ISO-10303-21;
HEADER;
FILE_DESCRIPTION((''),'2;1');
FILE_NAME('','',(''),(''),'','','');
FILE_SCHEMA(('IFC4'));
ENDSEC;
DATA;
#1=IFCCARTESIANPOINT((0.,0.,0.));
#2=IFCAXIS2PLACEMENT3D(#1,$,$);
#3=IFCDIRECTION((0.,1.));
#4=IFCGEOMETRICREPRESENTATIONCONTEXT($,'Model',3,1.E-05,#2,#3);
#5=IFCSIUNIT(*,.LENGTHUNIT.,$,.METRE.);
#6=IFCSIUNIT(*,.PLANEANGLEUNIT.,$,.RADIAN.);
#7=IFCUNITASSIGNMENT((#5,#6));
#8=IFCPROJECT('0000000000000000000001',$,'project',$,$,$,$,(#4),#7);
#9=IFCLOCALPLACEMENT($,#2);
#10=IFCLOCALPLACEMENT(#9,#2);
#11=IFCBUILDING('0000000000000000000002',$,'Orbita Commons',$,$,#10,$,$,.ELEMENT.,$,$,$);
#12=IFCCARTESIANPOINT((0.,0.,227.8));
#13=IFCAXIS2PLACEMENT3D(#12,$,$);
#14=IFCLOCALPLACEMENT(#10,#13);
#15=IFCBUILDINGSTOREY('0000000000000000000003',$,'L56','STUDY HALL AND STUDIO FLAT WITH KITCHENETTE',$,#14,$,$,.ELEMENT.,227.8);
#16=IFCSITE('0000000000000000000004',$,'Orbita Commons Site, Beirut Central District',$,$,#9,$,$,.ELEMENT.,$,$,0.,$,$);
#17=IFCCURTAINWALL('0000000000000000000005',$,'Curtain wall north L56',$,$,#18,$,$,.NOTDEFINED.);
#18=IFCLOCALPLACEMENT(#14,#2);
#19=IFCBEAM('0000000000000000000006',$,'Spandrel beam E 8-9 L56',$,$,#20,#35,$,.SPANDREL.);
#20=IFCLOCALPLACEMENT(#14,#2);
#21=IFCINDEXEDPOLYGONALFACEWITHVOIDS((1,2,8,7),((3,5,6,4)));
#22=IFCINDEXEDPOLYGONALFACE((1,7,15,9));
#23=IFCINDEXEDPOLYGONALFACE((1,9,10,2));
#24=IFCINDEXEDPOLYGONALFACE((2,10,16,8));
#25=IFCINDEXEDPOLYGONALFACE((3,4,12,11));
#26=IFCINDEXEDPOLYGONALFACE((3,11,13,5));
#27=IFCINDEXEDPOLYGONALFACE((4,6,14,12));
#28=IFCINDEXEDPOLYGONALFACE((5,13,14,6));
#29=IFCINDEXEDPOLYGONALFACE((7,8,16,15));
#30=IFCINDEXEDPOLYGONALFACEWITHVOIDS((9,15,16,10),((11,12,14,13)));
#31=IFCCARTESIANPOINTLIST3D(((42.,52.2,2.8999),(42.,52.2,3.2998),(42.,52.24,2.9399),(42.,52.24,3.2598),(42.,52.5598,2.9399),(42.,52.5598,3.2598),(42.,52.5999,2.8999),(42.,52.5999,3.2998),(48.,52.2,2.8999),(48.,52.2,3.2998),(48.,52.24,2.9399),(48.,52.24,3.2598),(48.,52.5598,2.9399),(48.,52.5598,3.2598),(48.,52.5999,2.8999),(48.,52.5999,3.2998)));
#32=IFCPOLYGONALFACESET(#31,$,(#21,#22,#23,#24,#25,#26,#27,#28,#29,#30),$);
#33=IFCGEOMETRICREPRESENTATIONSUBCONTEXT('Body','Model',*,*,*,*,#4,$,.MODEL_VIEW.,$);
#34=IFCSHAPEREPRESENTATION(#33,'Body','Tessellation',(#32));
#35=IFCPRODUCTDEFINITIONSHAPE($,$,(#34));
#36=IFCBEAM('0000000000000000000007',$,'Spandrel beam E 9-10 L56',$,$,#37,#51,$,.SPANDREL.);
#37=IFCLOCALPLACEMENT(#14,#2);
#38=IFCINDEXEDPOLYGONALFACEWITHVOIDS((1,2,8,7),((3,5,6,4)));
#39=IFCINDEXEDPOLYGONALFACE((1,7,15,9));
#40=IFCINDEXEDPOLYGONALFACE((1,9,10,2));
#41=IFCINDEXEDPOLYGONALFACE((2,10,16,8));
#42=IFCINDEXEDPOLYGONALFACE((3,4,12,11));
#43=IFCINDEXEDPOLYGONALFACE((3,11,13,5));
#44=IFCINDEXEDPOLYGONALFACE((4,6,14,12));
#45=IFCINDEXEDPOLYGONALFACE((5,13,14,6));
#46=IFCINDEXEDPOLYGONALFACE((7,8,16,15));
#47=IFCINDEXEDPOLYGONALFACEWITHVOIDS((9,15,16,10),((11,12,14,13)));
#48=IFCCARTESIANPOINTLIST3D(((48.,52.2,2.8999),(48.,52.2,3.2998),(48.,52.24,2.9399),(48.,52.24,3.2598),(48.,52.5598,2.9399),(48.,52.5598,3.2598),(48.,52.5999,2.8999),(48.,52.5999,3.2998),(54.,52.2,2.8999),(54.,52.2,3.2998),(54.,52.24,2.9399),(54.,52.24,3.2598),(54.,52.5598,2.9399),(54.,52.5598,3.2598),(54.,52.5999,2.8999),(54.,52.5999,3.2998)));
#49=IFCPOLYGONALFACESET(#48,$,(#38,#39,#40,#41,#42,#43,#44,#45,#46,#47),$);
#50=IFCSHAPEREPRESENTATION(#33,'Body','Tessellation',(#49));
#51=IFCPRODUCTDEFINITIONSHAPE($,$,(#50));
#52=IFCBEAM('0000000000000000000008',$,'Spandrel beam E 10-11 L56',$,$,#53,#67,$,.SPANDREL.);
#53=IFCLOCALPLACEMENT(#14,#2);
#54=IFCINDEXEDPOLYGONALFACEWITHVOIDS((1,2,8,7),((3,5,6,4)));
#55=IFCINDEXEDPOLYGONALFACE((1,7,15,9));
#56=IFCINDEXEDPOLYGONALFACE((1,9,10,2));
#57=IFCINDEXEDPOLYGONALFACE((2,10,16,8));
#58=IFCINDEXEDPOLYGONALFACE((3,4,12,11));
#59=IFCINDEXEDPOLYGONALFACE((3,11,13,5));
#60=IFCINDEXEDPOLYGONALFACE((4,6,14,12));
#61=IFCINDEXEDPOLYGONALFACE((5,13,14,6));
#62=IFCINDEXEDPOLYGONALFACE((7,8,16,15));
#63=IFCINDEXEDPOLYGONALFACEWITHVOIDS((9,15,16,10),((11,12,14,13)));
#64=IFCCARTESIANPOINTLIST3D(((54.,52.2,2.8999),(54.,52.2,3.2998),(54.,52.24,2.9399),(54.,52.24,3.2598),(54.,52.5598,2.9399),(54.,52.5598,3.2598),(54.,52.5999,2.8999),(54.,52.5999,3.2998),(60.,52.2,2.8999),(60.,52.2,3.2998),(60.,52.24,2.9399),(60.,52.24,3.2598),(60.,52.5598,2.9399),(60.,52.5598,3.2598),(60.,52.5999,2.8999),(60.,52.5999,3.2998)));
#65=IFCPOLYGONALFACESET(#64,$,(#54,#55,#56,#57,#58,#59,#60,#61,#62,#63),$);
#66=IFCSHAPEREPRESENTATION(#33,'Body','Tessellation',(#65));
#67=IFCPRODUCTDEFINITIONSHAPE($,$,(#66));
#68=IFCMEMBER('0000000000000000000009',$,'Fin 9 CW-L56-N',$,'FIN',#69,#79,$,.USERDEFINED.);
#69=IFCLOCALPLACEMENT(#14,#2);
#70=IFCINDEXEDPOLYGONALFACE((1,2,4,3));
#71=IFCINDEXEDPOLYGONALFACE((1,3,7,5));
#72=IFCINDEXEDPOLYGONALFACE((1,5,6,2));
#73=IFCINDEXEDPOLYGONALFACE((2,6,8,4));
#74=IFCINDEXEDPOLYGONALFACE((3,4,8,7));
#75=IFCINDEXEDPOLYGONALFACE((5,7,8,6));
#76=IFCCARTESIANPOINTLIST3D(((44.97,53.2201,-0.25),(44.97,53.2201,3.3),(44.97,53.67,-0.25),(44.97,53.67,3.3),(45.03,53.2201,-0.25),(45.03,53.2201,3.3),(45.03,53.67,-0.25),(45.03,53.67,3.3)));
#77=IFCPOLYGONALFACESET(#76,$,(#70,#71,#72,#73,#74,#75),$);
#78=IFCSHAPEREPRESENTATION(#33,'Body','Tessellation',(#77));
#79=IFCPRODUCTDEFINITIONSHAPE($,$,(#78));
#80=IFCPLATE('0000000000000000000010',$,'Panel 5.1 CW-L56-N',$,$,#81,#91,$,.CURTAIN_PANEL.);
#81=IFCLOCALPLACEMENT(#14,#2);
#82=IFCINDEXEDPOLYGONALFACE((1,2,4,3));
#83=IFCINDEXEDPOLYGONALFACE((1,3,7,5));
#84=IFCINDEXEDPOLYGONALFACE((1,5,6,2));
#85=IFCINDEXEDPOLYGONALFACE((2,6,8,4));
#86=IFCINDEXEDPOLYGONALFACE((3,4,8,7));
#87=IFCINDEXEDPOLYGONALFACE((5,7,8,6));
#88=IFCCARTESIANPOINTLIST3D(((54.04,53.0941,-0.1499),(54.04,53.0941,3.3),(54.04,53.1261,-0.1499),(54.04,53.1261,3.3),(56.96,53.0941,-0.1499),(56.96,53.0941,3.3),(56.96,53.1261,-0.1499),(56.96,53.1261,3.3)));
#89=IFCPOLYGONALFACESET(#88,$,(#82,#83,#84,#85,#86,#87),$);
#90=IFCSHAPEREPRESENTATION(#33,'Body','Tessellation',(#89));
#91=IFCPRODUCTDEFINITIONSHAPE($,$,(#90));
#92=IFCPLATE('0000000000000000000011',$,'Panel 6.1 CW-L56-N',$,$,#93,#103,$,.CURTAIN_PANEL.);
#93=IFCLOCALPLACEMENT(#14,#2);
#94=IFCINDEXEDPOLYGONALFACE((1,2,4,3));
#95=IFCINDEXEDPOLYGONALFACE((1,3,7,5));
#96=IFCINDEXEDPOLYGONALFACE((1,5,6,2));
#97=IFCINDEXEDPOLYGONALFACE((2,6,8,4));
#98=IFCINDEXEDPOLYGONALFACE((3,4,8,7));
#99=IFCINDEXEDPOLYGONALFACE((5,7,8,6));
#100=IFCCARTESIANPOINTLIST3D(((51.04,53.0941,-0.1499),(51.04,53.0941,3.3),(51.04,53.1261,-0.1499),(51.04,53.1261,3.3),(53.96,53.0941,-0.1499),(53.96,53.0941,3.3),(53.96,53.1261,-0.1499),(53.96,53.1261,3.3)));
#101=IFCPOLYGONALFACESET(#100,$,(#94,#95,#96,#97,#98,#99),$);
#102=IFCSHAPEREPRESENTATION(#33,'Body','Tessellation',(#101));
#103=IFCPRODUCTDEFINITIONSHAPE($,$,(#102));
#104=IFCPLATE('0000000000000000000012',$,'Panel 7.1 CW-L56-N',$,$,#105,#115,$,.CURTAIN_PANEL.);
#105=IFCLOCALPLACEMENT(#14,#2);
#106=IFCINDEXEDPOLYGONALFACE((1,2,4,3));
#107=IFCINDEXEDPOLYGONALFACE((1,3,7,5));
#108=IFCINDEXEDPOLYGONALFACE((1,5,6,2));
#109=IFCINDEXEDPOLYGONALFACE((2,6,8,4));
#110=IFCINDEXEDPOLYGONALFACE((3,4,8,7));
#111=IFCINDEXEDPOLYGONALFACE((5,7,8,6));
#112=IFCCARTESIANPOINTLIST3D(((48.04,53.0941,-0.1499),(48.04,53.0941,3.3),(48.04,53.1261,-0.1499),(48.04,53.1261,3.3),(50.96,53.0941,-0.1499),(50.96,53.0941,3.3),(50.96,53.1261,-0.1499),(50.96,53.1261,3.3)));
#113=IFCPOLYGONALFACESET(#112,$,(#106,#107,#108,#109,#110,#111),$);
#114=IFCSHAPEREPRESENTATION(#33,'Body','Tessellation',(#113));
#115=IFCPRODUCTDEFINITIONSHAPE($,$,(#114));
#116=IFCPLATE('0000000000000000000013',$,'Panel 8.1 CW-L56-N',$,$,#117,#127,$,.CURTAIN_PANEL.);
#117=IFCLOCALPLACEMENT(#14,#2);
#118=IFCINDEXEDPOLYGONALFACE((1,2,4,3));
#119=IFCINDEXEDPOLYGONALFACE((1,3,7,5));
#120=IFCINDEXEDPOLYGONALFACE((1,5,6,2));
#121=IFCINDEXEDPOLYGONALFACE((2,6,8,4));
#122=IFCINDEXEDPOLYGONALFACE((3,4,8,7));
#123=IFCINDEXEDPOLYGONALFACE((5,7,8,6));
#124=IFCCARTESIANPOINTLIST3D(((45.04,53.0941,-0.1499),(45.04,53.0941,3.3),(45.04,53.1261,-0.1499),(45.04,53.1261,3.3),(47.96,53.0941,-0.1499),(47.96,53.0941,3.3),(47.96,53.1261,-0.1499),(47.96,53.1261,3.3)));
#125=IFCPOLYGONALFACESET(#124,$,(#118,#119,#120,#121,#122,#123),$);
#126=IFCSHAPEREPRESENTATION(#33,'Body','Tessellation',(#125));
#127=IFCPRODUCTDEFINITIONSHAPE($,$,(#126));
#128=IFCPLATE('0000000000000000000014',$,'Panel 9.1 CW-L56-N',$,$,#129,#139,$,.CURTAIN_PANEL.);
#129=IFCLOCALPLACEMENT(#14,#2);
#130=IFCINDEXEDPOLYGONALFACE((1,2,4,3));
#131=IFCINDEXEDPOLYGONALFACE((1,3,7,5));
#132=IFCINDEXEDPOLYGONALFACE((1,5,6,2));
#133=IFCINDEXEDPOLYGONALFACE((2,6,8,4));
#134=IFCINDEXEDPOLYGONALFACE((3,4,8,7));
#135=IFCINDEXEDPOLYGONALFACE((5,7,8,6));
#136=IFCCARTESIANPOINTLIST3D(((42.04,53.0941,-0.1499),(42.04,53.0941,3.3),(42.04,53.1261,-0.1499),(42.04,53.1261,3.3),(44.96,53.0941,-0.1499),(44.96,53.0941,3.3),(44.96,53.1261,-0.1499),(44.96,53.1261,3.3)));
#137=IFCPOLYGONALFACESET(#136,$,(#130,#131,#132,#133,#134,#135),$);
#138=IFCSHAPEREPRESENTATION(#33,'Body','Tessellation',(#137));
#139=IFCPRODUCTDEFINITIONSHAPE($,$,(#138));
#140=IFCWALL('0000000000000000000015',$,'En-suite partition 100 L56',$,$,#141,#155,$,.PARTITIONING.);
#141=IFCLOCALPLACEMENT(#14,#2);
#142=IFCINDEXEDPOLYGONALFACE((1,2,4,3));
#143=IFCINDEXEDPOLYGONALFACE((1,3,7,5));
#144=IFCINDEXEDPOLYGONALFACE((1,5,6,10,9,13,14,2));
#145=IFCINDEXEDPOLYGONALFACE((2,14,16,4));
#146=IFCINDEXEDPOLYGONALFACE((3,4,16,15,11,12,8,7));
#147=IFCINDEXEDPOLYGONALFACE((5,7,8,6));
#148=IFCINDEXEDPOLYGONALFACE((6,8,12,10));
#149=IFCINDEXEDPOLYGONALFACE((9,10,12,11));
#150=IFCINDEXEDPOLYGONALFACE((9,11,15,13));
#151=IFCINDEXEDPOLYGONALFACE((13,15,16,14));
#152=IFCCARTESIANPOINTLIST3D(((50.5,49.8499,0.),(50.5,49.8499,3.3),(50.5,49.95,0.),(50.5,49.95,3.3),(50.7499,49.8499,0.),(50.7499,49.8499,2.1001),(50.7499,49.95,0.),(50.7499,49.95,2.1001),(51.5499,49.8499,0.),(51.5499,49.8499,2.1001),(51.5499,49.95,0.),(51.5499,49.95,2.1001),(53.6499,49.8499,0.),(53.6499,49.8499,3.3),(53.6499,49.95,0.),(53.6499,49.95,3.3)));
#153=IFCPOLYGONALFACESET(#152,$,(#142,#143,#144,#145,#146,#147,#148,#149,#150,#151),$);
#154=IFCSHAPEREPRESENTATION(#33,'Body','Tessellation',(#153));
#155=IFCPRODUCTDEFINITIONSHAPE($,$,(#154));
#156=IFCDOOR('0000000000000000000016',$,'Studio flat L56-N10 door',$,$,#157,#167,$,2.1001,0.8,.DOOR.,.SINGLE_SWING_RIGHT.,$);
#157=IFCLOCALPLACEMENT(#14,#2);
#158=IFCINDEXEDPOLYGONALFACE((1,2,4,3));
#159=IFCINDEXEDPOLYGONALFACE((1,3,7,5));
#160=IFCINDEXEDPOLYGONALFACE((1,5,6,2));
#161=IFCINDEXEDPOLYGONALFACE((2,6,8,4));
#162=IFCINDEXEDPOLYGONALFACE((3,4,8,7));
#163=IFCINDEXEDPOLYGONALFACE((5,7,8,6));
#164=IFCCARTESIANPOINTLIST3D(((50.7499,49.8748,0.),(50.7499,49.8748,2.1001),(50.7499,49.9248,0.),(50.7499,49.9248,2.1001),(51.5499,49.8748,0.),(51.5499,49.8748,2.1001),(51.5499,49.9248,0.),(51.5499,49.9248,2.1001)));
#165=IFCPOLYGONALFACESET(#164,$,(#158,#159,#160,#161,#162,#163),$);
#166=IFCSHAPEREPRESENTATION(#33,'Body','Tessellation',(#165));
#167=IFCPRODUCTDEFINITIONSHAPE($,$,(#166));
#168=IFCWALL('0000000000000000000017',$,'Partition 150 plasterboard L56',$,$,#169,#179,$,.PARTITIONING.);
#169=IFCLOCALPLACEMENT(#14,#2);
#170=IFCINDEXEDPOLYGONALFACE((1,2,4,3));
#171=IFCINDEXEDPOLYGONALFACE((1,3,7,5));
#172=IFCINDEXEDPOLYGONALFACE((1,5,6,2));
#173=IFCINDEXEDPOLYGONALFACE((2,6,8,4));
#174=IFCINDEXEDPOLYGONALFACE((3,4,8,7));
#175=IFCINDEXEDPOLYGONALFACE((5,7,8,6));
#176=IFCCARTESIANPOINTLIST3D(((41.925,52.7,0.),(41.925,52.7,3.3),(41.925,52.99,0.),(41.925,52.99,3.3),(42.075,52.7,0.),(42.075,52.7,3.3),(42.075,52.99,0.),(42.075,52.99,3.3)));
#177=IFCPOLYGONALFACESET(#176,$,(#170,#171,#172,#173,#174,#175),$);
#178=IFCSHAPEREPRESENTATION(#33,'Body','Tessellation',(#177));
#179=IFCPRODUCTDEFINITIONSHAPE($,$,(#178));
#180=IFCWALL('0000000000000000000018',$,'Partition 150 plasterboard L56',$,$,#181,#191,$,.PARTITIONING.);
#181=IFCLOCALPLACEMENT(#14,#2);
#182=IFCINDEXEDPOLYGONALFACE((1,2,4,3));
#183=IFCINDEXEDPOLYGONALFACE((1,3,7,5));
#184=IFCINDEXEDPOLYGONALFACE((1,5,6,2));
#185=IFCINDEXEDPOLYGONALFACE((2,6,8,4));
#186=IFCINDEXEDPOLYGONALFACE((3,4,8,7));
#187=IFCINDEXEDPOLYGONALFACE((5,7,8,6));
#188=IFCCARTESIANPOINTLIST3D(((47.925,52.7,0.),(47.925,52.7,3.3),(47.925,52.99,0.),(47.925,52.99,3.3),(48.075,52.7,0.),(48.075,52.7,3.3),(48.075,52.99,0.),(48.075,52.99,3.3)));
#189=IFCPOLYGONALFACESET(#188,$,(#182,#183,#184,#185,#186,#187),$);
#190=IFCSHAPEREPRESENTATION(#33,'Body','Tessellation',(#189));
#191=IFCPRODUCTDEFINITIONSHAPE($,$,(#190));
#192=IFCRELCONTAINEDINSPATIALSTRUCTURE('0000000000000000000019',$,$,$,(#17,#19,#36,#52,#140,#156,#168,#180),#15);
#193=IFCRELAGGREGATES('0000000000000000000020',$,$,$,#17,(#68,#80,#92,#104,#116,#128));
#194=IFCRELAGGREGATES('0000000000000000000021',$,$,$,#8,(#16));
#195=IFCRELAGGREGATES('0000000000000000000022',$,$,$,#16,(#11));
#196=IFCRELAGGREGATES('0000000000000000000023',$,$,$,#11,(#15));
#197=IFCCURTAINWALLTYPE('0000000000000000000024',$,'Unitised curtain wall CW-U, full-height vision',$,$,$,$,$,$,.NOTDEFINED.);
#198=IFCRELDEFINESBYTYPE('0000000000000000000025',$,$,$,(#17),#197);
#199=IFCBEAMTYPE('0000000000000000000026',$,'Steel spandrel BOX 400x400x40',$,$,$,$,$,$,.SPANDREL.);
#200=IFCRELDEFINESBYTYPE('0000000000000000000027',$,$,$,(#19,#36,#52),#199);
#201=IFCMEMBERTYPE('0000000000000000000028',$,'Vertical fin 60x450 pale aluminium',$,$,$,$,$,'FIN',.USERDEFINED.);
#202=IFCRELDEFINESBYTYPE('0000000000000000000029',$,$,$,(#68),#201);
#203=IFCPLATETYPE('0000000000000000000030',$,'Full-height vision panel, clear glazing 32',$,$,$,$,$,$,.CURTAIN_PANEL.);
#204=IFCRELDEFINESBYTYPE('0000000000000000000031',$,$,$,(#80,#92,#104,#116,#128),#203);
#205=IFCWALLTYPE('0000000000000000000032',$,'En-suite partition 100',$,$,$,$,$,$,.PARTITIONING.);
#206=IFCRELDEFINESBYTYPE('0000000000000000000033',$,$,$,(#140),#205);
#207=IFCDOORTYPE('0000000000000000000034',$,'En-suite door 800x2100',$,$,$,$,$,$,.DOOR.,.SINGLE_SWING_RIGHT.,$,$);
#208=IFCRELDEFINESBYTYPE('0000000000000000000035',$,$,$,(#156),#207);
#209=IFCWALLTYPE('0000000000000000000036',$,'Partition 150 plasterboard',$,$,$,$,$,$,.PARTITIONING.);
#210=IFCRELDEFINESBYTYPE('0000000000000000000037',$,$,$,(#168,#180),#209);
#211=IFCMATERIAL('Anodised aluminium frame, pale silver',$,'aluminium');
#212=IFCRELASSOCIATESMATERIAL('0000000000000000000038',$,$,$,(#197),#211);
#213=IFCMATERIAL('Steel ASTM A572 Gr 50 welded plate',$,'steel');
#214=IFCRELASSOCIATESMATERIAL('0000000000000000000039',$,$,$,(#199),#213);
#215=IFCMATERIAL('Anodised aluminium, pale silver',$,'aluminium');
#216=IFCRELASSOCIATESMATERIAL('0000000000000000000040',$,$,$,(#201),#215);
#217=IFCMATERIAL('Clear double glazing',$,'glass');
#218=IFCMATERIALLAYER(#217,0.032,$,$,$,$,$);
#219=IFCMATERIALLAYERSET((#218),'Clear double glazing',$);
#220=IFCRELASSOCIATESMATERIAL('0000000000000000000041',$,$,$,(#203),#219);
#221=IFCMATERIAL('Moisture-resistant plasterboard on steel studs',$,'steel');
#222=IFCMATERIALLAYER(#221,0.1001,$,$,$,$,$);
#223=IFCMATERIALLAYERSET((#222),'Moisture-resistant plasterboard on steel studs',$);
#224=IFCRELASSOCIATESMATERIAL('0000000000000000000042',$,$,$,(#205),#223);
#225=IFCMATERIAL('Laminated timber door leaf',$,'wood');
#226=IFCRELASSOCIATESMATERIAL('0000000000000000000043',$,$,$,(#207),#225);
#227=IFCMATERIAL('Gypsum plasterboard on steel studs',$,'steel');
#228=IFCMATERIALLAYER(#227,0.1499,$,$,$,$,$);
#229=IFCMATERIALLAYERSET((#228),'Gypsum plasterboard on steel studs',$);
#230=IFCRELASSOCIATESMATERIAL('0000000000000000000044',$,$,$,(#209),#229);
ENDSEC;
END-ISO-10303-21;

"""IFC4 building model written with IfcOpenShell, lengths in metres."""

from ifc_helpers import new_model, si_unit, direction, frame, frame_2d, origin, origin_2d, place, context, subcontext, project, spatial, rectangle, hollow_rectangle, extrude, material, layer, layer_set, material_profile, profile_set, type_object, element, fill, aggregate, save


model = new_model("IFC4")

# Units and contexts
model_context = context("Model", 3, precision=1e-05, world=origin(), true_north=direction((0.0, 1.0)))
body_context = subcontext(model_context, "Body", "Model", "MODEL_VIEW")
ifc_project = project(units=[si_unit("LENGTHUNIT", "METRE"), si_unit("PLANEANGLEUNIT", "RADIAN")], contexts=[model_context])

# Site, building, storey
site_placement = place(None, origin())
site = spatial("IfcSite", under=ifc_project, at=site_placement, Name="Orbita Commons Site, Beirut Central District", CompositionType="ELEMENT", RefElevation=0.0)
building_placement = place(site_placement, origin())
building = spatial("IfcBuilding", under=site, at=building_placement, Name="Orbita Commons", CompositionType="ELEMENT")
storey_placement = place(building_placement, frame((0.0, 0.0, 227.8)))
storey = spatial("IfcBuildingStorey", under=building, at=storey_placement, Name="L56", Description="STUDY HALL AND STUDIO FLAT WITH KITCHENETTE", CompositionType="ELEMENT", Elevation=227.8)

# Curtain wall
ifc_material_1 = material(Name="Anodised aluminium frame, pale silver", Category="aluminium")
curtain_wall_type = type_object("IfcCurtainWallType", Name="Unitised curtain wall CW-U, full-height vision", PredefinedType="NOTDEFINED", material=ifc_material_1)
curtain_wall_placement = place(storey_placement, origin())
curtain_wall = element("IfcCurtainWall", 1, at=curtain_wall_placement, inside=storey, type_object=curtain_wall_type, Name="Curtain wall north L56", PredefinedType="NOTDEFINED")

# Beams
ifc_material_2 = material(Name="Steel ASTM A572 Gr 50 welded plate", Category="steel")
ifc_material_profile_1 = material_profile(ifc_material_2, hollow_rectangle(XDim=0.3999, YDim=0.3999, WallThickness=0.04, at=origin_2d()), Name="BOX 400x400x40")
ifc_profile_set_1 = profile_set([ifc_material_profile_1], Name="Steel ASTM A572 Gr 50 welded plate")
beam_type = type_object("IfcBeamType", Name="Steel spandrel BOX 400x400x40", PredefinedType="SPANDREL", material=ifc_profile_set_1)
for number, where, z_axis, x_axis, name in (
    (2, (42.0, 52.3999, 3.0999), (1.0, 0.0, 0.0), (0.0, 1.0, 0.0), "Spandrel beam E 8-9 L56"),
    (3, (48.0, 52.3999, 3.0999), (1.0, 0.0, 0.0), (0.0, 1.0, 0.0), "Spandrel beam E 9-10 L56"),
    (4, (54.0, 52.3999, 3.0999), (1.0, 0.0, 0.0), (0.0, 1.0, 0.0), "Spandrel beam E 10-11 L56"),
):
    element("IfcBeam", number, at=place(storey_placement, frame(where, z_axis=z_axis, x_axis=x_axis)), inside=storey, type_object=beam_type, Name=name, PredefinedType="SPANDREL", context=body_context, shape_type="SweptSolid", body=[
        extrude(hollow_rectangle(XDim=0.3999, YDim=0.3999, WallThickness=0.04, at=origin_2d()), origin(), (0.0, 0.0, 1.0), 6.0),
    ])

# Member
ifc_material_3 = material(Name="Anodised aluminium, pale silver", Category="aluminium")
ifc_material_profile_2 = material_profile(ifc_material_3, rectangle(XDim=0.0601, YDim=0.45, at=origin_2d()), Name="FIN 60x450")
ifc_profile_set_2 = profile_set([ifc_material_profile_2], Name="Anodised aluminium, pale silver")
member_type_1 = type_object("IfcMemberType", Name="Vertical fin 60x450 pale aluminium", ElementType="FIN", PredefinedType="USERDEFINED", material=ifc_profile_set_2)
member_1_placement = place(storey_placement, frame((45.0, 53.4451, -0.25), z_axis=(0.0, 0.0, 1.0), x_axis=(-1.0, 0.0, 0.0)))
member_1 = element("IfcMember", 5, at=member_1_placement, type_object=member_type_1, Name="Fin 9 CW-L56-N", ObjectType="FIN", PredefinedType="USERDEFINED", context=body_context, shape_type="SweptSolid", body=[
    extrude(rectangle(XDim=0.0601, YDim=0.45, at=origin_2d()), origin(), (0.0, 0.0, 1.0), 3.55),
])

# Plates
ifc_material_4 = material(Name="Clear double glazing", Category="glass")
ifc_layer_1 = layer(ifc_material_4, 0.032)
ifc_layer_set_1 = layer_set([ifc_layer_1], Name="Clear double glazing")
plate_type = type_object("IfcPlateType", Name="Full-height vision panel, clear glazing 32", PredefinedType="CURTAIN_PANEL", material=ifc_layer_set_1)
plate_1_placement = place(storey_placement, frame((55.5, 53.1101, -0.1499), z_axis=(0.0, 0.0, 1.0), x_axis=(-1.0, 0.0, 0.0)))
plate_1 = element("IfcPlate", 6, at=plate_1_placement, type_object=plate_type, Name="Panel 5.1 CW-L56-N", PredefinedType="CURTAIN_PANEL", context=body_context, shape_type="SweptSolid", body=[
    extrude(rectangle(XDim=2.9199, YDim=0.032, at=origin_2d()), origin(), (0.0, 0.0, 1.0), 3.45),
])
plate_2_placement = place(storey_placement, frame((52.5, 53.1101, -0.1499), z_axis=(0.0, 0.0, 1.0), x_axis=(-1.0, 0.0, 0.0)))
plate_2 = element("IfcPlate", 7, at=plate_2_placement, type_object=plate_type, Name="Panel 6.1 CW-L56-N", PredefinedType="CURTAIN_PANEL", context=body_context, shape_type="SweptSolid", body=[
    extrude(rectangle(XDim=2.9199, YDim=0.032, at=origin_2d()), origin(), (0.0, 0.0, 1.0), 3.45),
])
plate_3_placement = place(storey_placement, frame((49.5, 53.1101, -0.1499), z_axis=(0.0, 0.0, 1.0), x_axis=(-1.0, 0.0, 0.0)))
plate_3 = element("IfcPlate", 8, at=plate_3_placement, type_object=plate_type, Name="Panel 7.1 CW-L56-N", PredefinedType="CURTAIN_PANEL", context=body_context, shape_type="SweptSolid", body=[
    extrude(rectangle(XDim=2.9199, YDim=0.032, at=origin_2d()), origin(), (0.0, 0.0, 1.0), 3.45),
])
plate_4_placement = place(storey_placement, frame((46.5, 53.1101, -0.1499), z_axis=(0.0, 0.0, 1.0), x_axis=(-1.0, 0.0, 0.0)))
plate_4 = element("IfcPlate", 9, at=plate_4_placement, type_object=plate_type, Name="Panel 8.1 CW-L56-N", PredefinedType="CURTAIN_PANEL", context=body_context, shape_type="SweptSolid", body=[
    extrude(rectangle(XDim=2.9199, YDim=0.032, at=origin_2d()), origin(), (0.0, 0.0, 1.0), 3.45),
])
plate_5_placement = place(storey_placement, frame((43.5, 53.1101, -0.1499), z_axis=(0.0, 0.0, 1.0), x_axis=(-1.0, 0.0, 0.0)))
plate_5 = element("IfcPlate", 10, at=plate_5_placement, type_object=plate_type, Name="Panel 9.1 CW-L56-N", PredefinedType="CURTAIN_PANEL", context=body_context, shape_type="SweptSolid", body=[
    extrude(rectangle(XDim=2.9199, YDim=0.032, at=origin_2d()), origin(), (0.0, 0.0, 1.0), 3.45),
])
aggregate(curtain_wall, [member_1, plate_1, plate_2, plate_3, plate_4, plate_5])

# Wall, opening, door
ifc_material_5 = material(Name="Moisture-resistant plasterboard on steel studs", Category="steel")
ifc_layer_2 = layer(ifc_material_5, 0.1001)
ifc_layer_set_2 = layer_set([ifc_layer_2], Name="Moisture-resistant plasterboard on steel studs")
wall_type_1 = type_object("IfcWallType", Name="En-suite partition 100", PredefinedType="PARTITIONING", material=ifc_layer_set_2)
wall_placement = place(storey_placement, frame((50.5, 49.8999, 0.0), z_axis=(0.0, 0.0, 1.0), x_axis=(1.0, 0.0, 0.0)))
wall = element("IfcWall", 11, at=wall_placement, inside=storey, type_object=wall_type_1, Name="En-suite partition 100 L56", PredefinedType="PARTITIONING", context=body_context, shape_type="SweptSolid", body=[
    extrude(rectangle(XDim=3.1499, YDim=0.1001, at=frame_2d((1.575, 0.0))), origin(), (0.0, 0.0, 1.0), 3.3),
])
opening_placement = place(wall_placement, frame((0.25, 0.0, 0.0)))
opening = element("IfcOpeningElement", 12, at=opening_placement, cuts=wall, PredefinedType="OPENING", context=body_context, shape_type="SweptSolid", body=[
    extrude(rectangle(XDim=0.8, YDim=2.1001, at=frame_2d((0.3999, 1.05))), frame((0.0, 0.0601, 0.0), z_axis=(0.0, -1.0, 0.0), x_axis=(1.0, 0.0, 0.0)), (0.0, 0.0, 1.0), 0.1201),
])
ifc_material_6 = material(Name="Laminated timber door leaf", Category="wood")
door_type = type_object("IfcDoorType", Name="En-suite door 800x2100", OperationType="SINGLE_SWING_RIGHT", PredefinedType="DOOR", material=ifc_material_6)
door_placement = place(opening_placement, origin())
door = element("IfcDoor", 13, at=door_placement, inside=storey, type_object=door_type, Name="Studio flat L56-N10 door", OperationType="SINGLE_SWING_RIGHT", OverallHeight=2.1001, OverallWidth=0.8, PredefinedType="DOOR", context=body_context, shape_type="SweptSolid", body=[
    extrude(rectangle(XDim=0.8, YDim=2.1001, at=frame_2d((0.3999, 1.05))), frame((0.0, 0.0249, 0.0), z_axis=(0.0, -1.0, 0.0), x_axis=(1.0, 0.0, 0.0)), (0.0, 0.0, 1.0), 0.05),
])
fill(opening, door)

# Walls
ifc_material_7 = material(Name="Gypsum plasterboard on steel studs", Category="steel")
ifc_layer_3 = layer(ifc_material_7, 0.1499)
ifc_layer_set_3 = layer_set([ifc_layer_3], Name="Gypsum plasterboard on steel studs")
wall_type_2 = type_object("IfcWallType", Name="Partition 150 plasterboard", PredefinedType="PARTITIONING", material=ifc_layer_set_3)
for number, where, z_axis, x_axis, name in (
    (14, (42.0, 52.7, 0.0), (0.0, 0.0, 1.0), (0.0, 1.0, 0.0), "Partition 150 plasterboard L56"),
    (15, (48.0, 52.7, 0.0), (0.0, 0.0, 1.0), (0.0, 1.0, 0.0), "Partition 150 plasterboard L56"),
):
    element("IfcWall", number, at=place(storey_placement, frame(where, z_axis=z_axis, x_axis=x_axis)), inside=storey, type_object=wall_type_2, Name=name, PredefinedType="PARTITIONING", context=body_context, shape_type="SweptSolid", body=[
        extrude(rectangle(XDim=0.29, YDim=0.1499, at=frame_2d((0.145, 0.0))), origin(), (0.0, 0.0, 1.0), 3.3),
    ])

save(model, "model.ifc")
